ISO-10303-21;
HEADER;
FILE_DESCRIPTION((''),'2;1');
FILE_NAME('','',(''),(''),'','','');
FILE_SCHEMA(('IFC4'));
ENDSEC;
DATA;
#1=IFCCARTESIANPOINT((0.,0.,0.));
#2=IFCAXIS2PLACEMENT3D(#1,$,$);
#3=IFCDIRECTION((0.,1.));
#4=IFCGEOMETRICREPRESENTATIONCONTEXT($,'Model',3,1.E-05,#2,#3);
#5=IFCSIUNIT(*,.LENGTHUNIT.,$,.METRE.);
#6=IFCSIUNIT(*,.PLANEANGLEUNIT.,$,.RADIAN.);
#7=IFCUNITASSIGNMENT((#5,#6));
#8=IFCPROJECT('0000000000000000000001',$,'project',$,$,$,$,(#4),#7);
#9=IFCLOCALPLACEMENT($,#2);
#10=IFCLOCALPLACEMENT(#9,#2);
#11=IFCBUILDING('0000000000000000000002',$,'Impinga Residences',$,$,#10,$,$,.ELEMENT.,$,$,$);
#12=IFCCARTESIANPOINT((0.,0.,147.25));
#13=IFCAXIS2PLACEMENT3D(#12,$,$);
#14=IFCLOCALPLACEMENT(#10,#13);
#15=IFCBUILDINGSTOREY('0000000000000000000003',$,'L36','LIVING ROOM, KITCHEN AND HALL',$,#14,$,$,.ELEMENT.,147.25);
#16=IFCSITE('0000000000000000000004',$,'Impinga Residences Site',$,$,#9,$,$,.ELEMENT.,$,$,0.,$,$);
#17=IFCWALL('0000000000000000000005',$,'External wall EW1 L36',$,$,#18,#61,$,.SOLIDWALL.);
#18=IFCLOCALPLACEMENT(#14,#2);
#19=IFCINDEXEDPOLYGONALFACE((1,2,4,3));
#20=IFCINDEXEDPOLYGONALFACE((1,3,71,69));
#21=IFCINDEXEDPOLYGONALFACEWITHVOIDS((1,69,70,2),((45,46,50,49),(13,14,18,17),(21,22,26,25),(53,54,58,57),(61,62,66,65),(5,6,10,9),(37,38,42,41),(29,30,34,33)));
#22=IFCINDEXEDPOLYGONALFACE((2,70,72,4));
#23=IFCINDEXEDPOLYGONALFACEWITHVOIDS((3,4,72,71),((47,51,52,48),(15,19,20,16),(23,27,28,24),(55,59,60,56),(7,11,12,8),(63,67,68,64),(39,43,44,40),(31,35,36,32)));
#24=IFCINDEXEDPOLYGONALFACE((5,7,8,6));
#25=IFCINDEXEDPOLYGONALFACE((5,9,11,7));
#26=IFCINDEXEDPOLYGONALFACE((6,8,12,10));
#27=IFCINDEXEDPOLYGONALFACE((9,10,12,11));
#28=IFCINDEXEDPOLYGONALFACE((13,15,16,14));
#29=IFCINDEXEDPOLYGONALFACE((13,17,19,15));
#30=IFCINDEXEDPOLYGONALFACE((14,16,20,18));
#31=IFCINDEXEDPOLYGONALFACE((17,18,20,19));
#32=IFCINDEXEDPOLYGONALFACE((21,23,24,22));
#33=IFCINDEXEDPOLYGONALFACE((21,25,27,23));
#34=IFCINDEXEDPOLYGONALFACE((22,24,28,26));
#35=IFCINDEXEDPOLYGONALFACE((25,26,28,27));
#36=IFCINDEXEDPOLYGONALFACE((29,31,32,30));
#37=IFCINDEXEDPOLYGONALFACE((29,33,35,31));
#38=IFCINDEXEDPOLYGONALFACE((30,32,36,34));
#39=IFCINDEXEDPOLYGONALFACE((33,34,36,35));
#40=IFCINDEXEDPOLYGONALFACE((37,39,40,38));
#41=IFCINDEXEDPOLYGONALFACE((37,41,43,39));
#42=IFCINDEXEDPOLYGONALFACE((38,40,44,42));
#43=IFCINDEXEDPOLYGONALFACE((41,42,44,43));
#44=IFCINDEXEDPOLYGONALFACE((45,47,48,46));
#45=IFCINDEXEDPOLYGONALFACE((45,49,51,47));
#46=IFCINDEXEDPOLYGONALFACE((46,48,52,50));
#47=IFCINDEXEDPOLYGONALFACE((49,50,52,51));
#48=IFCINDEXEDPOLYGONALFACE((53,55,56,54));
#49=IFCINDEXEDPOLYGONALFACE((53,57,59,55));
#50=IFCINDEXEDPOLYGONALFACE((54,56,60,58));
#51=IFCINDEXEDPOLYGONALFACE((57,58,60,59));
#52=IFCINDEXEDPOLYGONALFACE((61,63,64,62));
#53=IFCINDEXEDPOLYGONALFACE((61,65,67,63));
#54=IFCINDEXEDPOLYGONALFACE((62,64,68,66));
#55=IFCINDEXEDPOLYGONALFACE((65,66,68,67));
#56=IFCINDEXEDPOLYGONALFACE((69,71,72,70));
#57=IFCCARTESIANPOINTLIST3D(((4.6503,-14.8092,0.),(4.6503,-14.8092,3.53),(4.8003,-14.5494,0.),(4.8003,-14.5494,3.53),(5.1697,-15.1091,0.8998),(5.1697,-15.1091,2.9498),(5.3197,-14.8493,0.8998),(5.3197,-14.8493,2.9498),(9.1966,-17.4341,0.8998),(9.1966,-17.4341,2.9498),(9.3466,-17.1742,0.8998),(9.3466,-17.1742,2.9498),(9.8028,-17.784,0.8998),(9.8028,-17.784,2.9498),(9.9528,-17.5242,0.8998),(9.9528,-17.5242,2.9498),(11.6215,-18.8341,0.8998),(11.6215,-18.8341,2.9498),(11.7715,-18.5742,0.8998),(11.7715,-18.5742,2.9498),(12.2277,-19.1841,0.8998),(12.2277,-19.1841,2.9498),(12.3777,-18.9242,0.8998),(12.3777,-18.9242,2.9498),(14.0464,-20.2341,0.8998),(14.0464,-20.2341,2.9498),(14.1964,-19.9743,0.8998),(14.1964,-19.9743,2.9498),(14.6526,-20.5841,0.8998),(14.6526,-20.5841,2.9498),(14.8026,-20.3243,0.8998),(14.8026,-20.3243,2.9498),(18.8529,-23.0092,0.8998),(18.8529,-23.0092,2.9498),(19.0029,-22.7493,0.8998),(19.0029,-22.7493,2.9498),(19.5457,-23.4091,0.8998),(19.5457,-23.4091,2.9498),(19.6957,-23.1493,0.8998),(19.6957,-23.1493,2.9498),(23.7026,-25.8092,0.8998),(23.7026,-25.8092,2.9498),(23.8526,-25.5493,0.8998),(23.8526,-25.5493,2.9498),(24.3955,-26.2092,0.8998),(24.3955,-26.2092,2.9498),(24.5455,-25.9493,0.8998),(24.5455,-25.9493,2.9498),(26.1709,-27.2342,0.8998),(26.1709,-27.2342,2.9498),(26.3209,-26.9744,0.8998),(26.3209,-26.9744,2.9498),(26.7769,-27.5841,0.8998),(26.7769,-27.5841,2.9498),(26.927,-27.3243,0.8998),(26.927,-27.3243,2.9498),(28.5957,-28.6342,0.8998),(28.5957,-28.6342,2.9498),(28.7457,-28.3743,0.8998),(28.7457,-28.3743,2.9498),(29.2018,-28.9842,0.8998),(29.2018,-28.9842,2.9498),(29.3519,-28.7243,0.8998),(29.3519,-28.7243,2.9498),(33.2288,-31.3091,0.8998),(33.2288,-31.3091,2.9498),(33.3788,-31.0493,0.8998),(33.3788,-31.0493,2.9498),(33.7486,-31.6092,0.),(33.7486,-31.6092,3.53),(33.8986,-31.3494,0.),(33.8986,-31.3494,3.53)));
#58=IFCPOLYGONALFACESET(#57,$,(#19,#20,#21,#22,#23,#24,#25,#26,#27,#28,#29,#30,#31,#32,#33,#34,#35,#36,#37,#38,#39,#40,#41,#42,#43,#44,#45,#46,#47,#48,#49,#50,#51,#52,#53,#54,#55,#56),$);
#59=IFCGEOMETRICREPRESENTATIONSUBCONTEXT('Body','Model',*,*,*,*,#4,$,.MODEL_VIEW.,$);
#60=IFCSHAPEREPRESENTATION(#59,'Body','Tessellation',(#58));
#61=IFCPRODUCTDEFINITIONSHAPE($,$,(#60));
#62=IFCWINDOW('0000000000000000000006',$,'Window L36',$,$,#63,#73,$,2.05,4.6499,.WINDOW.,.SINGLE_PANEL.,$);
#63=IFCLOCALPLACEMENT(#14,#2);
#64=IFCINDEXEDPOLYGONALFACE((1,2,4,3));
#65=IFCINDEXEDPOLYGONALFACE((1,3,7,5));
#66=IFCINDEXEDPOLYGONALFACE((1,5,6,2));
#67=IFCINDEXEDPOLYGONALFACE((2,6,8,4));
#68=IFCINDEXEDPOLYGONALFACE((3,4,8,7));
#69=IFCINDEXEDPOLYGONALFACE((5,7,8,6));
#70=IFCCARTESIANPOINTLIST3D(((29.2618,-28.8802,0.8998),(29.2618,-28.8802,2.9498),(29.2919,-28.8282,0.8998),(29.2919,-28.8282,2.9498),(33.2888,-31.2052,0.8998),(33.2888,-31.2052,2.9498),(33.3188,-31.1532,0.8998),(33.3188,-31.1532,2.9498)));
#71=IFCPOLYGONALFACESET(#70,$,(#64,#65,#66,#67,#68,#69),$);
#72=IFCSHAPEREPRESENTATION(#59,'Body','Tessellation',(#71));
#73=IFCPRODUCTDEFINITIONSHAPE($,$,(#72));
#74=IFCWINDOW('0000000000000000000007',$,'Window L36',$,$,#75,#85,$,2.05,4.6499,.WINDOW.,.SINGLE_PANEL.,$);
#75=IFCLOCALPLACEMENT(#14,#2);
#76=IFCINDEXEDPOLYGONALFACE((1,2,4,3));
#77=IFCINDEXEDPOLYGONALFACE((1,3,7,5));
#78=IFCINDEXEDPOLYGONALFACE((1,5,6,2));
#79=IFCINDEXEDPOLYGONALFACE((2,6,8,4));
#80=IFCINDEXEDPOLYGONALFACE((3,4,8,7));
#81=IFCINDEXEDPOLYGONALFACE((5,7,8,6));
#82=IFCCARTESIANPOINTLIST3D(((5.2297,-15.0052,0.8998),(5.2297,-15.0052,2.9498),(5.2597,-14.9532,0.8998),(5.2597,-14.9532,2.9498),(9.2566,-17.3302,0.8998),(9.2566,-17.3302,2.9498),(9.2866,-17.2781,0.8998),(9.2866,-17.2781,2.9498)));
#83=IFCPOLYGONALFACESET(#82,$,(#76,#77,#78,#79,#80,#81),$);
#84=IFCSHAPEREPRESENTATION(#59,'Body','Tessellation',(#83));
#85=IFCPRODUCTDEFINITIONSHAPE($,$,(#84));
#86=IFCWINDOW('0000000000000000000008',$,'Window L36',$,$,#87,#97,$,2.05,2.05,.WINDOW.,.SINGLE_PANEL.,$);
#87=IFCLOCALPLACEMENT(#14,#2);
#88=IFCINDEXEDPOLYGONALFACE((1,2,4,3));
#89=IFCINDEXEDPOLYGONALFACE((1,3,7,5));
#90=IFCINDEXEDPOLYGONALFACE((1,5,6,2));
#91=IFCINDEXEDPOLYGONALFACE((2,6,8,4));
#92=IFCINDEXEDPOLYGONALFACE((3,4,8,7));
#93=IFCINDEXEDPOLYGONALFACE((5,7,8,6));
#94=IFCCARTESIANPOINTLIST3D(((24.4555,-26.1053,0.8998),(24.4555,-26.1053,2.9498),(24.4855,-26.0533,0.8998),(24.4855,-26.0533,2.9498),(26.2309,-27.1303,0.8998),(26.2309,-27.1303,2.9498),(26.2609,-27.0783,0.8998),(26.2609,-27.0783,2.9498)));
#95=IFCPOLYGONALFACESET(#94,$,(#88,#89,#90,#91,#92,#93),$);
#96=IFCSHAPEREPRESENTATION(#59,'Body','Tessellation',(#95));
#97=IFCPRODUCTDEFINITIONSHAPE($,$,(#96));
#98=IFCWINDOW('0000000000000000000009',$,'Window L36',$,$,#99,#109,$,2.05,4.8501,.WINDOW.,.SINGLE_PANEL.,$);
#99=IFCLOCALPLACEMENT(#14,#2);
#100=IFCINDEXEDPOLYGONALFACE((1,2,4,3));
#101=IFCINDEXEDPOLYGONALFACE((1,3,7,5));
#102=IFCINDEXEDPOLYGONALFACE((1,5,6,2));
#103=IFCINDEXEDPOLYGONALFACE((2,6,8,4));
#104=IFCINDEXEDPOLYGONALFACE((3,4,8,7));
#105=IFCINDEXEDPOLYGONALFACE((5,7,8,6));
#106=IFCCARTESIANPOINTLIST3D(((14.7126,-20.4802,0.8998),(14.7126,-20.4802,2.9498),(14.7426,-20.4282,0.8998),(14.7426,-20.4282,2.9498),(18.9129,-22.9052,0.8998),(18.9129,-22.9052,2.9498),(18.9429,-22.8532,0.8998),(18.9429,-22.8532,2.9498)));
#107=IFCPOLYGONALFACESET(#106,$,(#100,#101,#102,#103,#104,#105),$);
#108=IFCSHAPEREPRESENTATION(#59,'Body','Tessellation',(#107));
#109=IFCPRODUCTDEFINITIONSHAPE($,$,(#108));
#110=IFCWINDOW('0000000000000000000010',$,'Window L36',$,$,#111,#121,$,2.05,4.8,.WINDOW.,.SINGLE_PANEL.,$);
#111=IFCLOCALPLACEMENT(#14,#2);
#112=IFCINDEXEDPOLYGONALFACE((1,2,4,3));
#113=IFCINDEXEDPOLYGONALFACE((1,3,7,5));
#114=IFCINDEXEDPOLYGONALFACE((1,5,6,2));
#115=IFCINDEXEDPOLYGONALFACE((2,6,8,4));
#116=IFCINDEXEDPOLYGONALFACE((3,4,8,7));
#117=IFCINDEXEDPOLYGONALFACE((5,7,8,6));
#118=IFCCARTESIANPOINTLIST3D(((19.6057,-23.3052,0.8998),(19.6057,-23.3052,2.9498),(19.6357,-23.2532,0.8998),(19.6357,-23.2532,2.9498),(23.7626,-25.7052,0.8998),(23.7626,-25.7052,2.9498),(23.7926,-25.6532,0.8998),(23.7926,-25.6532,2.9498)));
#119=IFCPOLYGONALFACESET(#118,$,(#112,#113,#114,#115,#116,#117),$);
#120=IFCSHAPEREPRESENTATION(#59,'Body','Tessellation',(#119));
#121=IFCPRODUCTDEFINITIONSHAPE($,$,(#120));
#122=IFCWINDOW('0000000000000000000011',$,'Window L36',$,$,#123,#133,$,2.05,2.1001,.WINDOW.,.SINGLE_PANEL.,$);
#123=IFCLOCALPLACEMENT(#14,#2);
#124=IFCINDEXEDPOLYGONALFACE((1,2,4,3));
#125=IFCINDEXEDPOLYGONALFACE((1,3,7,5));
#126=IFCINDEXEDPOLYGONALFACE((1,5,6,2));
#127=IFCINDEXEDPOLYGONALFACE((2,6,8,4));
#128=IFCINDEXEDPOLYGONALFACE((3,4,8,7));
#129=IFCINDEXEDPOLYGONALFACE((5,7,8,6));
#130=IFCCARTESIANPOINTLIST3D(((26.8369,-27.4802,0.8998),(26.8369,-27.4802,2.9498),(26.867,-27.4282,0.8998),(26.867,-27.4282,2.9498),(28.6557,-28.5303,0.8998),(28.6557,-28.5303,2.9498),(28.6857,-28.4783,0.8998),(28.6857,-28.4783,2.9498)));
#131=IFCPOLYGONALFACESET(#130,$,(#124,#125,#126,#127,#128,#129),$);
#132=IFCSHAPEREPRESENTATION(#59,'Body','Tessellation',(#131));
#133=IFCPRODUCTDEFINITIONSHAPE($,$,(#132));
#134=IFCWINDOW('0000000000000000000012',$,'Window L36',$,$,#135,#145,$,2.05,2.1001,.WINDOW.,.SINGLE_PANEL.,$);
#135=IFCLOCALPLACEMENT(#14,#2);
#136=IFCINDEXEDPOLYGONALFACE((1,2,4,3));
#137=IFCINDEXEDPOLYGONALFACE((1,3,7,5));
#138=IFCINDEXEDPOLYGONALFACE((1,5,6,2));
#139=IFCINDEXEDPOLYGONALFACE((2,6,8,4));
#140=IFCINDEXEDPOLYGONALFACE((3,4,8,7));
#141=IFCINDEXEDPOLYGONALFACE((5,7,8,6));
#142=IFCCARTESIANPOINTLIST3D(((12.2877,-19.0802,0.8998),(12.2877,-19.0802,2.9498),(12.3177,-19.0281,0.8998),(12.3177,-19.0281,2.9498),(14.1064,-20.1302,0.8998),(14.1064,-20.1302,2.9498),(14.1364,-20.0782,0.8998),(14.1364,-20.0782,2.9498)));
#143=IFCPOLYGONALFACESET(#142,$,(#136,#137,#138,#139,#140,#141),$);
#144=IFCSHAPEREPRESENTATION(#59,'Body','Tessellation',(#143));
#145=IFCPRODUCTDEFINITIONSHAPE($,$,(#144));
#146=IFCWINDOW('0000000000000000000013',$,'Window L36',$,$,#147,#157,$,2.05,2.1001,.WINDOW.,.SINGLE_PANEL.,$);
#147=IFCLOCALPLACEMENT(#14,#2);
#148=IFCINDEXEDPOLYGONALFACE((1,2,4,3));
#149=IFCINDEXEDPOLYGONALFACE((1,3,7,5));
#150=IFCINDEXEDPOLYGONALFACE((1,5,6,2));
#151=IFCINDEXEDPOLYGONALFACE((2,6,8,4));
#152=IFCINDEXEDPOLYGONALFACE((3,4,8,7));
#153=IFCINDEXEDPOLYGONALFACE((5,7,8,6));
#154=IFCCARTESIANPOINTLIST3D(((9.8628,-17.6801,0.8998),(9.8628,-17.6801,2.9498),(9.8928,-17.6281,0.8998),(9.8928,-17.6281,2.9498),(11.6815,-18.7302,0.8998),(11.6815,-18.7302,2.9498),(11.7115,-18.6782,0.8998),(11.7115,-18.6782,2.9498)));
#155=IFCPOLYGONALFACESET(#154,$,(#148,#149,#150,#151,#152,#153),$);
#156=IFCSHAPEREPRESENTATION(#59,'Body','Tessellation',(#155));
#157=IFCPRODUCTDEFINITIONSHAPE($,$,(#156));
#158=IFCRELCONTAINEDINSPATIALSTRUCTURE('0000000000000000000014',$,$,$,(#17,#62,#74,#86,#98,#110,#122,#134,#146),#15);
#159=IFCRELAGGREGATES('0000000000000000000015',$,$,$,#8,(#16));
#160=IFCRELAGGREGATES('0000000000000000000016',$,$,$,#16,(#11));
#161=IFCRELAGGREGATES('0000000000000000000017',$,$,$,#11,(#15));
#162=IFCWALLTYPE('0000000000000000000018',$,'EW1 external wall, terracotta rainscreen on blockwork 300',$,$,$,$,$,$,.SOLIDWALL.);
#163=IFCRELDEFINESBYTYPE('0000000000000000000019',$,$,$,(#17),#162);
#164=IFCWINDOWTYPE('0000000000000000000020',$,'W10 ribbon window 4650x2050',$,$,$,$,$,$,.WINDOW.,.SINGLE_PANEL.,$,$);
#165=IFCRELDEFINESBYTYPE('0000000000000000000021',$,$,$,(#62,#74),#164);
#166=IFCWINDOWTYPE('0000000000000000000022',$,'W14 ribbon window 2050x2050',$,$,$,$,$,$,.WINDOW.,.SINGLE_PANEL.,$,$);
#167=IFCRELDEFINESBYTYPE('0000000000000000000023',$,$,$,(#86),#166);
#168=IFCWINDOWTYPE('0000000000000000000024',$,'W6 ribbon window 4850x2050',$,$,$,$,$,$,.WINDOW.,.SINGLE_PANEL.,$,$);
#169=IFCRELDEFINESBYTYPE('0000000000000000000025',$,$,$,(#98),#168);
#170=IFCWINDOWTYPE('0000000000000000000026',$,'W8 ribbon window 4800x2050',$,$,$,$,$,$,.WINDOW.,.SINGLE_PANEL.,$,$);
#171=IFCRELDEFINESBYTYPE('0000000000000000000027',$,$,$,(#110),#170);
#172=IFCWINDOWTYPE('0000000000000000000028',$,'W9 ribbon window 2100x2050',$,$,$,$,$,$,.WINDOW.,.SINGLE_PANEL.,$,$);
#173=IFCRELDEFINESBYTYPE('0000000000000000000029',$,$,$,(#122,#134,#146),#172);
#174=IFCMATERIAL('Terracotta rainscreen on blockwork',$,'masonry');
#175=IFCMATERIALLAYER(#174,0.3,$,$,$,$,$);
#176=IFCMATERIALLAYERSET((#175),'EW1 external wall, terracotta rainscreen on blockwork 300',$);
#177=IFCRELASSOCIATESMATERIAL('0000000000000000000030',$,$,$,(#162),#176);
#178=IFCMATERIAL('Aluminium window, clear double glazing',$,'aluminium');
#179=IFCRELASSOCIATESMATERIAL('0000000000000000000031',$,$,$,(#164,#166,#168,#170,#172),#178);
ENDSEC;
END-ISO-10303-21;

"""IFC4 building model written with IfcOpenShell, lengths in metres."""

from ifc_helpers import new_model, si_unit, direction, frame, frame_2d, origin, place, context, subcontext, project, spatial, rectangle, extrude, material, layer, layer_set, type_object, element, fill, save


model = new_model("IFC4")

# Units and contexts
model_context = context("Model", 3, precision=1e-05, world=origin(), true_north=direction((0.0, 1.0)))
body_context = subcontext(model_context, "Body", "Model", "MODEL_VIEW")
ifc_project = project(units=[si_unit("LENGTHUNIT", "METRE"), si_unit("PLANEANGLEUNIT", "RADIAN")], contexts=[model_context])

# Site, building, storey
site_placement = place(None, origin())
site = spatial("IfcSite", under=ifc_project, at=site_placement, Name="Impinga Residences Site", CompositionType="ELEMENT", RefElevation=0.0)
building_placement = place(site_placement, origin())
building = spatial("IfcBuilding", under=site, at=building_placement, Name="Impinga Residences", CompositionType="ELEMENT")
storey_placement = place(building_placement, frame((0.0, 0.0, 147.25)))
storey = spatial("IfcBuildingStorey", under=building, at=storey_placement, Name="L36", Description="LIVING ROOM, KITCHEN AND HALL", CompositionType="ELEMENT", Elevation=147.25)

# Shared definitions
ifc_material_1 = material(Name="Terracotta rainscreen on blockwork", Category="masonry")
ifc_layer_1 = layer(ifc_material_1, 0.3)
ifc_layer_set_1 = layer_set([ifc_layer_1], Name="EW1 external wall, terracotta rainscreen on blockwork 300")
wall_type_1 = type_object("IfcWallType", Name="EW1 external wall, terracotta rainscreen on blockwork 300", PredefinedType="SOLIDWALL", material=ifc_layer_set_1)

# Wall, openings, windows
wall_1_placement = place(storey_placement, frame((33.8235, -31.4792, 0.0), z_axis=(0.0, 0.0, 1.0), x_axis=(-0.866024, 0.500002, 0.0)))
wall_1 = element("IfcWall", 1, at=wall_1_placement, inside=storey, type_object=wall_type_1, Name="External wall EW1 L36", PredefinedType="SOLIDWALL", context=body_context, shape_type="SweptSolid", body=[
    extrude(rectangle(XDim=33.5999, YDim=0.3, at=frame_2d((16.7998, 0.0))), origin(), (0.0, 0.0, 1.0), 3.53),
])
opening_1_placement = place(wall_1_placement, frame((0.6001, 0.0, 0.8999)))
opening_1 = element("IfcOpeningElement", 2, at=opening_1_placement, cuts=wall_1, PredefinedType="OPENING", context=body_context, shape_type="SweptSolid", body=[
    extrude(rectangle(XDim=4.6499, YDim=2.05, at=frame_2d((2.325, 1.0249))), frame((0.0, 0.1599, 0.0), z_axis=(0.0, -1.0, 0.0), x_axis=(1.0, 0.0, 0.0)), (0.0, 0.0, 1.0), 0.3201),
])
opening_2_placement = place(wall_1_placement, frame((5.95, 0.0, 0.8999)))
opening_2 = element("IfcOpeningElement", 3, at=opening_2_placement, cuts=wall_1, PredefinedType="OPENING", context=body_context, shape_type="SweptSolid", body=[
    extrude(rectangle(XDim=2.1001, YDim=2.05, at=frame_2d((1.05, 1.0249))), frame((0.0, 0.1599, 0.0), z_axis=(0.0, -1.0, 0.0), x_axis=(1.0, 0.0, 0.0)), (0.0, 0.0, 1.0), 0.3201),
])
opening_3_placement = place(wall_1_placement, frame((8.75, 0.0, 0.8999)))
opening_3 = element("IfcOpeningElement", 4, at=opening_3_placement, cuts=wall_1, PredefinedType="OPENING", context=body_context, shape_type="SweptSolid", body=[
    extrude(rectangle(XDim=2.05, YDim=2.05, at=frame_2d((1.0249, 1.0249))), frame((0.0, 0.1599, 0.0), z_axis=(0.0, -1.0, 0.0), x_axis=(1.0, 0.0, 0.0)), (0.0, 0.0, 1.0), 0.3201),
])
opening_4_placement = place(wall_1_placement, frame((11.6001, 0.0, 0.8999)))
opening_4 = element("IfcOpeningElement", 5, at=opening_4_placement, cuts=wall_1, PredefinedType="OPENING", context=body_context, shape_type="SweptSolid", body=[
    extrude(rectangle(XDim=4.8, YDim=2.05, at=frame_2d((2.3999, 1.0249))), frame((0.0, 0.1599, 0.0), z_axis=(0.0, -1.0, 0.0), x_axis=(1.0, 0.0, 0.0)), (0.0, 0.0, 1.0), 0.3201),
])
opening_5_placement = place(wall_1_placement, frame((17.2, 0.0, 0.8999)))
opening_5 = element("IfcOpeningElement", 6, at=opening_5_placement, cuts=wall_1, PredefinedType="OPENING", context=body_context, shape_type="SweptSolid", body=[
    extrude(rectangle(XDim=4.8501, YDim=2.05, at=frame_2d((2.425, 1.0249))), frame((0.0, 0.1599, 0.0), z_axis=(0.0, -1.0, 0.0), x_axis=(1.0, 0.0, 0.0)), (0.0, 0.0, 1.0), 0.3201),
])
opening_6_placement = place(wall_1_placement, frame((22.75, 0.0, 0.8999)))
opening_6 = element("IfcOpeningElement", 7, at=opening_6_placement, cuts=wall_1, PredefinedType="OPENING", context=body_context, shape_type="SweptSolid", body=[
    extrude(rectangle(XDim=2.1001, YDim=2.05, at=frame_2d((1.05, 1.0249))), frame((0.0, 0.1599, 0.0), z_axis=(0.0, -1.0, 0.0), x_axis=(1.0, 0.0, 0.0)), (0.0, 0.0, 1.0), 0.3201),
])
opening_7_placement = place(wall_1_placement, frame((25.55, 0.0, 0.8999)))
opening_7 = element("IfcOpeningElement", 8, at=opening_7_placement, cuts=wall_1, PredefinedType="OPENING", context=body_context, shape_type="SweptSolid", body=[
    extrude(rectangle(XDim=2.1001, YDim=2.05, at=frame_2d((1.05, 1.0249))), frame((0.0, 0.1599, 0.0), z_axis=(0.0, -1.0, 0.0), x_axis=(1.0, 0.0, 0.0)), (0.0, 0.0, 1.0), 0.3201),
])
opening_8_placement = place(wall_1_placement, frame((28.3501, 0.0, 0.8999)))
opening_8 = element("IfcOpeningElement", 9, at=opening_8_placement, cuts=wall_1, PredefinedType="OPENING", context=body_context, shape_type="SweptSolid", body=[
    extrude(rectangle(XDim=4.6499, YDim=2.05, at=frame_2d((2.325, 1.0249))), frame((0.0, 0.1599, 0.0), z_axis=(0.0, -1.0, 0.0), x_axis=(1.0, 0.0, 0.0)), (0.0, 0.0, 1.0), 0.3201),
])
ifc_material_2 = material(Name="Aluminium window, clear double glazing", Category="aluminium")
window_type_1 = type_object("IfcWindowType", Name="W10 ribbon window 4650x2050", PartitioningType="SINGLE_PANEL", PredefinedType="WINDOW", material=ifc_material_2)
window_1_placement = place(opening_1_placement, origin())
window_1 = element("IfcWindow", 10, at=window_1_placement, inside=storey, type_object=window_type_1, Name="Window L36", OverallHeight=2.05, OverallWidth=4.6499, PartitioningType="SINGLE_PANEL", PredefinedType="WINDOW", context=body_context, shape_type="SweptSolid", body=[
    extrude(rectangle(XDim=4.6499, YDim=2.05, at=frame_2d((2.325, 1.0249))), frame((0.0, 0.03, 0.0), z_axis=(0.0, -1.0, 0.0), x_axis=(1.0, 0.0, 0.0)), (0.0, 0.0, 1.0), 0.0601),
])
fill(opening_1, window_1)
window_2_placement = place(opening_8_placement, origin())
window_2 = element("IfcWindow", 11, at=window_2_placement, inside=storey, type_object=window_type_1, Name="Window L36", OverallHeight=2.05, OverallWidth=4.6499, PartitioningType="SINGLE_PANEL", PredefinedType="WINDOW", context=body_context, shape_type="SweptSolid", body=[
    extrude(rectangle(XDim=4.6499, YDim=2.05, at=frame_2d((2.325, 1.0249))), frame((0.0, 0.03, 0.0), z_axis=(0.0, -1.0, 0.0), x_axis=(1.0, 0.0, 0.0)), (0.0, 0.0, 1.0), 0.0601),
])
fill(opening_8, window_2)
window_type_2 = type_object("IfcWindowType", Name="W14 ribbon window 2050x2050", PartitioningType="SINGLE_PANEL", PredefinedType="WINDOW", material=ifc_material_2)
window_3_placement = place(opening_3_placement, origin())
window_3 = element("IfcWindow", 12, at=window_3_placement, inside=storey, type_object=window_type_2, Name="Window L36", OverallHeight=2.05, OverallWidth=2.05, PartitioningType="SINGLE_PANEL", PredefinedType="WINDOW", context=body_context, shape_type="SweptSolid", body=[
    extrude(rectangle(XDim=2.05, YDim=2.05, at=frame_2d((1.0249, 1.0249))), frame((0.0, 0.03, 0.0), z_axis=(0.0, -1.0, 0.0), x_axis=(1.0, 0.0, 0.0)), (0.0, 0.0, 1.0), 0.0601),
])
fill(opening_3, window_3)
window_type_3 = type_object("IfcWindowType", Name="W6 ribbon window 4850x2050", PartitioningType="SINGLE_PANEL", PredefinedType="WINDOW", material=ifc_material_2)
window_4_placement = place(opening_5_placement, origin())
window_4 = element("IfcWindow", 13, at=window_4_placement, inside=storey, type_object=window_type_3, Name="Window L36", OverallHeight=2.05, OverallWidth=4.8501, PartitioningType="SINGLE_PANEL", PredefinedType="WINDOW", context=body_context, shape_type="SweptSolid", body=[
    extrude(rectangle(XDim=4.8501, YDim=2.05, at=frame_2d((2.425, 1.0249))), frame((0.0, 0.03, 0.0), z_axis=(0.0, -1.0, 0.0), x_axis=(1.0, 0.0, 0.0)), (0.0, 0.0, 1.0), 0.0601),
])
fill(opening_5, window_4)
window_type_4 = type_object("IfcWindowType", Name="W8 ribbon window 4800x2050", PartitioningType="SINGLE_PANEL", PredefinedType="WINDOW", material=ifc_material_2)
window_5_placement = place(opening_4_placement, origin())
window_5 = element("IfcWindow", 14, at=window_5_placement, inside=storey, type_object=window_type_4, Name="Window L36", OverallHeight=2.05, OverallWidth=4.8, PartitioningType="SINGLE_PANEL", PredefinedType="WINDOW", context=body_context, shape_type="SweptSolid", body=[
    extrude(rectangle(XDim=4.8, YDim=2.05, at=frame_2d((2.3999, 1.0249))), frame((0.0, 0.03, 0.0), z_axis=(0.0, -1.0, 0.0), x_axis=(1.0, 0.0, 0.0)), (0.0, 0.0, 1.0), 0.0601),
])
fill(opening_4, window_5)
window_type_5 = type_object("IfcWindowType", Name="W9 ribbon window 2100x2050", PartitioningType="SINGLE_PANEL", PredefinedType="WINDOW", material=ifc_material_2)
window_6_placement = place(opening_2_placement, origin())
window_6 = element("IfcWindow", 15, at=window_6_placement, inside=storey, type_object=window_type_5, Name="Window L36", OverallHeight=2.05, OverallWidth=2.1001, PartitioningType="SINGLE_PANEL", PredefinedType="WINDOW", context=body_context, shape_type="SweptSolid", body=[
    extrude(rectangle(XDim=2.1001, YDim=2.05, at=frame_2d((1.05, 1.0249))), frame((0.0, 0.03, 0.0), z_axis=(0.0, -1.0, 0.0), x_axis=(1.0, 0.0, 0.0)), (0.0, 0.0, 1.0), 0.0601),
])
fill(opening_2, window_6)
window_7_placement = place(opening_6_placement, origin())
window_7 = element("IfcWindow", 16, at=window_7_placement, inside=storey, type_object=window_type_5, Name="Window L36", OverallHeight=2.05, OverallWidth=2.1001, PartitioningType="SINGLE_PANEL", PredefinedType="WINDOW", context=body_context, shape_type="SweptSolid", body=[
    extrude(rectangle(XDim=2.1001, YDim=2.05, at=frame_2d((1.05, 1.0249))), frame((0.0, 0.03, 0.0), z_axis=(0.0, -1.0, 0.0), x_axis=(1.0, 0.0, 0.0)), (0.0, 0.0, 1.0), 0.0601),
])
fill(opening_6, window_7)
window_8_placement = place(opening_7_placement, origin())
window_8 = element("IfcWindow", 17, at=window_8_placement, inside=storey, type_object=window_type_5, Name="Window L36", OverallHeight=2.05, OverallWidth=2.1001, PartitioningType="SINGLE_PANEL", PredefinedType="WINDOW", context=body_context, shape_type="SweptSolid", body=[
    extrude(rectangle(XDim=2.1001, YDim=2.05, at=frame_2d((1.05, 1.0249))), frame((0.0, 0.03, 0.0), z_axis=(0.0, -1.0, 0.0), x_axis=(1.0, 0.0, 0.0)), (0.0, 0.0, 1.0), 0.0601),
])
fill(opening_7, window_8)

save(model, "model.ifc")
